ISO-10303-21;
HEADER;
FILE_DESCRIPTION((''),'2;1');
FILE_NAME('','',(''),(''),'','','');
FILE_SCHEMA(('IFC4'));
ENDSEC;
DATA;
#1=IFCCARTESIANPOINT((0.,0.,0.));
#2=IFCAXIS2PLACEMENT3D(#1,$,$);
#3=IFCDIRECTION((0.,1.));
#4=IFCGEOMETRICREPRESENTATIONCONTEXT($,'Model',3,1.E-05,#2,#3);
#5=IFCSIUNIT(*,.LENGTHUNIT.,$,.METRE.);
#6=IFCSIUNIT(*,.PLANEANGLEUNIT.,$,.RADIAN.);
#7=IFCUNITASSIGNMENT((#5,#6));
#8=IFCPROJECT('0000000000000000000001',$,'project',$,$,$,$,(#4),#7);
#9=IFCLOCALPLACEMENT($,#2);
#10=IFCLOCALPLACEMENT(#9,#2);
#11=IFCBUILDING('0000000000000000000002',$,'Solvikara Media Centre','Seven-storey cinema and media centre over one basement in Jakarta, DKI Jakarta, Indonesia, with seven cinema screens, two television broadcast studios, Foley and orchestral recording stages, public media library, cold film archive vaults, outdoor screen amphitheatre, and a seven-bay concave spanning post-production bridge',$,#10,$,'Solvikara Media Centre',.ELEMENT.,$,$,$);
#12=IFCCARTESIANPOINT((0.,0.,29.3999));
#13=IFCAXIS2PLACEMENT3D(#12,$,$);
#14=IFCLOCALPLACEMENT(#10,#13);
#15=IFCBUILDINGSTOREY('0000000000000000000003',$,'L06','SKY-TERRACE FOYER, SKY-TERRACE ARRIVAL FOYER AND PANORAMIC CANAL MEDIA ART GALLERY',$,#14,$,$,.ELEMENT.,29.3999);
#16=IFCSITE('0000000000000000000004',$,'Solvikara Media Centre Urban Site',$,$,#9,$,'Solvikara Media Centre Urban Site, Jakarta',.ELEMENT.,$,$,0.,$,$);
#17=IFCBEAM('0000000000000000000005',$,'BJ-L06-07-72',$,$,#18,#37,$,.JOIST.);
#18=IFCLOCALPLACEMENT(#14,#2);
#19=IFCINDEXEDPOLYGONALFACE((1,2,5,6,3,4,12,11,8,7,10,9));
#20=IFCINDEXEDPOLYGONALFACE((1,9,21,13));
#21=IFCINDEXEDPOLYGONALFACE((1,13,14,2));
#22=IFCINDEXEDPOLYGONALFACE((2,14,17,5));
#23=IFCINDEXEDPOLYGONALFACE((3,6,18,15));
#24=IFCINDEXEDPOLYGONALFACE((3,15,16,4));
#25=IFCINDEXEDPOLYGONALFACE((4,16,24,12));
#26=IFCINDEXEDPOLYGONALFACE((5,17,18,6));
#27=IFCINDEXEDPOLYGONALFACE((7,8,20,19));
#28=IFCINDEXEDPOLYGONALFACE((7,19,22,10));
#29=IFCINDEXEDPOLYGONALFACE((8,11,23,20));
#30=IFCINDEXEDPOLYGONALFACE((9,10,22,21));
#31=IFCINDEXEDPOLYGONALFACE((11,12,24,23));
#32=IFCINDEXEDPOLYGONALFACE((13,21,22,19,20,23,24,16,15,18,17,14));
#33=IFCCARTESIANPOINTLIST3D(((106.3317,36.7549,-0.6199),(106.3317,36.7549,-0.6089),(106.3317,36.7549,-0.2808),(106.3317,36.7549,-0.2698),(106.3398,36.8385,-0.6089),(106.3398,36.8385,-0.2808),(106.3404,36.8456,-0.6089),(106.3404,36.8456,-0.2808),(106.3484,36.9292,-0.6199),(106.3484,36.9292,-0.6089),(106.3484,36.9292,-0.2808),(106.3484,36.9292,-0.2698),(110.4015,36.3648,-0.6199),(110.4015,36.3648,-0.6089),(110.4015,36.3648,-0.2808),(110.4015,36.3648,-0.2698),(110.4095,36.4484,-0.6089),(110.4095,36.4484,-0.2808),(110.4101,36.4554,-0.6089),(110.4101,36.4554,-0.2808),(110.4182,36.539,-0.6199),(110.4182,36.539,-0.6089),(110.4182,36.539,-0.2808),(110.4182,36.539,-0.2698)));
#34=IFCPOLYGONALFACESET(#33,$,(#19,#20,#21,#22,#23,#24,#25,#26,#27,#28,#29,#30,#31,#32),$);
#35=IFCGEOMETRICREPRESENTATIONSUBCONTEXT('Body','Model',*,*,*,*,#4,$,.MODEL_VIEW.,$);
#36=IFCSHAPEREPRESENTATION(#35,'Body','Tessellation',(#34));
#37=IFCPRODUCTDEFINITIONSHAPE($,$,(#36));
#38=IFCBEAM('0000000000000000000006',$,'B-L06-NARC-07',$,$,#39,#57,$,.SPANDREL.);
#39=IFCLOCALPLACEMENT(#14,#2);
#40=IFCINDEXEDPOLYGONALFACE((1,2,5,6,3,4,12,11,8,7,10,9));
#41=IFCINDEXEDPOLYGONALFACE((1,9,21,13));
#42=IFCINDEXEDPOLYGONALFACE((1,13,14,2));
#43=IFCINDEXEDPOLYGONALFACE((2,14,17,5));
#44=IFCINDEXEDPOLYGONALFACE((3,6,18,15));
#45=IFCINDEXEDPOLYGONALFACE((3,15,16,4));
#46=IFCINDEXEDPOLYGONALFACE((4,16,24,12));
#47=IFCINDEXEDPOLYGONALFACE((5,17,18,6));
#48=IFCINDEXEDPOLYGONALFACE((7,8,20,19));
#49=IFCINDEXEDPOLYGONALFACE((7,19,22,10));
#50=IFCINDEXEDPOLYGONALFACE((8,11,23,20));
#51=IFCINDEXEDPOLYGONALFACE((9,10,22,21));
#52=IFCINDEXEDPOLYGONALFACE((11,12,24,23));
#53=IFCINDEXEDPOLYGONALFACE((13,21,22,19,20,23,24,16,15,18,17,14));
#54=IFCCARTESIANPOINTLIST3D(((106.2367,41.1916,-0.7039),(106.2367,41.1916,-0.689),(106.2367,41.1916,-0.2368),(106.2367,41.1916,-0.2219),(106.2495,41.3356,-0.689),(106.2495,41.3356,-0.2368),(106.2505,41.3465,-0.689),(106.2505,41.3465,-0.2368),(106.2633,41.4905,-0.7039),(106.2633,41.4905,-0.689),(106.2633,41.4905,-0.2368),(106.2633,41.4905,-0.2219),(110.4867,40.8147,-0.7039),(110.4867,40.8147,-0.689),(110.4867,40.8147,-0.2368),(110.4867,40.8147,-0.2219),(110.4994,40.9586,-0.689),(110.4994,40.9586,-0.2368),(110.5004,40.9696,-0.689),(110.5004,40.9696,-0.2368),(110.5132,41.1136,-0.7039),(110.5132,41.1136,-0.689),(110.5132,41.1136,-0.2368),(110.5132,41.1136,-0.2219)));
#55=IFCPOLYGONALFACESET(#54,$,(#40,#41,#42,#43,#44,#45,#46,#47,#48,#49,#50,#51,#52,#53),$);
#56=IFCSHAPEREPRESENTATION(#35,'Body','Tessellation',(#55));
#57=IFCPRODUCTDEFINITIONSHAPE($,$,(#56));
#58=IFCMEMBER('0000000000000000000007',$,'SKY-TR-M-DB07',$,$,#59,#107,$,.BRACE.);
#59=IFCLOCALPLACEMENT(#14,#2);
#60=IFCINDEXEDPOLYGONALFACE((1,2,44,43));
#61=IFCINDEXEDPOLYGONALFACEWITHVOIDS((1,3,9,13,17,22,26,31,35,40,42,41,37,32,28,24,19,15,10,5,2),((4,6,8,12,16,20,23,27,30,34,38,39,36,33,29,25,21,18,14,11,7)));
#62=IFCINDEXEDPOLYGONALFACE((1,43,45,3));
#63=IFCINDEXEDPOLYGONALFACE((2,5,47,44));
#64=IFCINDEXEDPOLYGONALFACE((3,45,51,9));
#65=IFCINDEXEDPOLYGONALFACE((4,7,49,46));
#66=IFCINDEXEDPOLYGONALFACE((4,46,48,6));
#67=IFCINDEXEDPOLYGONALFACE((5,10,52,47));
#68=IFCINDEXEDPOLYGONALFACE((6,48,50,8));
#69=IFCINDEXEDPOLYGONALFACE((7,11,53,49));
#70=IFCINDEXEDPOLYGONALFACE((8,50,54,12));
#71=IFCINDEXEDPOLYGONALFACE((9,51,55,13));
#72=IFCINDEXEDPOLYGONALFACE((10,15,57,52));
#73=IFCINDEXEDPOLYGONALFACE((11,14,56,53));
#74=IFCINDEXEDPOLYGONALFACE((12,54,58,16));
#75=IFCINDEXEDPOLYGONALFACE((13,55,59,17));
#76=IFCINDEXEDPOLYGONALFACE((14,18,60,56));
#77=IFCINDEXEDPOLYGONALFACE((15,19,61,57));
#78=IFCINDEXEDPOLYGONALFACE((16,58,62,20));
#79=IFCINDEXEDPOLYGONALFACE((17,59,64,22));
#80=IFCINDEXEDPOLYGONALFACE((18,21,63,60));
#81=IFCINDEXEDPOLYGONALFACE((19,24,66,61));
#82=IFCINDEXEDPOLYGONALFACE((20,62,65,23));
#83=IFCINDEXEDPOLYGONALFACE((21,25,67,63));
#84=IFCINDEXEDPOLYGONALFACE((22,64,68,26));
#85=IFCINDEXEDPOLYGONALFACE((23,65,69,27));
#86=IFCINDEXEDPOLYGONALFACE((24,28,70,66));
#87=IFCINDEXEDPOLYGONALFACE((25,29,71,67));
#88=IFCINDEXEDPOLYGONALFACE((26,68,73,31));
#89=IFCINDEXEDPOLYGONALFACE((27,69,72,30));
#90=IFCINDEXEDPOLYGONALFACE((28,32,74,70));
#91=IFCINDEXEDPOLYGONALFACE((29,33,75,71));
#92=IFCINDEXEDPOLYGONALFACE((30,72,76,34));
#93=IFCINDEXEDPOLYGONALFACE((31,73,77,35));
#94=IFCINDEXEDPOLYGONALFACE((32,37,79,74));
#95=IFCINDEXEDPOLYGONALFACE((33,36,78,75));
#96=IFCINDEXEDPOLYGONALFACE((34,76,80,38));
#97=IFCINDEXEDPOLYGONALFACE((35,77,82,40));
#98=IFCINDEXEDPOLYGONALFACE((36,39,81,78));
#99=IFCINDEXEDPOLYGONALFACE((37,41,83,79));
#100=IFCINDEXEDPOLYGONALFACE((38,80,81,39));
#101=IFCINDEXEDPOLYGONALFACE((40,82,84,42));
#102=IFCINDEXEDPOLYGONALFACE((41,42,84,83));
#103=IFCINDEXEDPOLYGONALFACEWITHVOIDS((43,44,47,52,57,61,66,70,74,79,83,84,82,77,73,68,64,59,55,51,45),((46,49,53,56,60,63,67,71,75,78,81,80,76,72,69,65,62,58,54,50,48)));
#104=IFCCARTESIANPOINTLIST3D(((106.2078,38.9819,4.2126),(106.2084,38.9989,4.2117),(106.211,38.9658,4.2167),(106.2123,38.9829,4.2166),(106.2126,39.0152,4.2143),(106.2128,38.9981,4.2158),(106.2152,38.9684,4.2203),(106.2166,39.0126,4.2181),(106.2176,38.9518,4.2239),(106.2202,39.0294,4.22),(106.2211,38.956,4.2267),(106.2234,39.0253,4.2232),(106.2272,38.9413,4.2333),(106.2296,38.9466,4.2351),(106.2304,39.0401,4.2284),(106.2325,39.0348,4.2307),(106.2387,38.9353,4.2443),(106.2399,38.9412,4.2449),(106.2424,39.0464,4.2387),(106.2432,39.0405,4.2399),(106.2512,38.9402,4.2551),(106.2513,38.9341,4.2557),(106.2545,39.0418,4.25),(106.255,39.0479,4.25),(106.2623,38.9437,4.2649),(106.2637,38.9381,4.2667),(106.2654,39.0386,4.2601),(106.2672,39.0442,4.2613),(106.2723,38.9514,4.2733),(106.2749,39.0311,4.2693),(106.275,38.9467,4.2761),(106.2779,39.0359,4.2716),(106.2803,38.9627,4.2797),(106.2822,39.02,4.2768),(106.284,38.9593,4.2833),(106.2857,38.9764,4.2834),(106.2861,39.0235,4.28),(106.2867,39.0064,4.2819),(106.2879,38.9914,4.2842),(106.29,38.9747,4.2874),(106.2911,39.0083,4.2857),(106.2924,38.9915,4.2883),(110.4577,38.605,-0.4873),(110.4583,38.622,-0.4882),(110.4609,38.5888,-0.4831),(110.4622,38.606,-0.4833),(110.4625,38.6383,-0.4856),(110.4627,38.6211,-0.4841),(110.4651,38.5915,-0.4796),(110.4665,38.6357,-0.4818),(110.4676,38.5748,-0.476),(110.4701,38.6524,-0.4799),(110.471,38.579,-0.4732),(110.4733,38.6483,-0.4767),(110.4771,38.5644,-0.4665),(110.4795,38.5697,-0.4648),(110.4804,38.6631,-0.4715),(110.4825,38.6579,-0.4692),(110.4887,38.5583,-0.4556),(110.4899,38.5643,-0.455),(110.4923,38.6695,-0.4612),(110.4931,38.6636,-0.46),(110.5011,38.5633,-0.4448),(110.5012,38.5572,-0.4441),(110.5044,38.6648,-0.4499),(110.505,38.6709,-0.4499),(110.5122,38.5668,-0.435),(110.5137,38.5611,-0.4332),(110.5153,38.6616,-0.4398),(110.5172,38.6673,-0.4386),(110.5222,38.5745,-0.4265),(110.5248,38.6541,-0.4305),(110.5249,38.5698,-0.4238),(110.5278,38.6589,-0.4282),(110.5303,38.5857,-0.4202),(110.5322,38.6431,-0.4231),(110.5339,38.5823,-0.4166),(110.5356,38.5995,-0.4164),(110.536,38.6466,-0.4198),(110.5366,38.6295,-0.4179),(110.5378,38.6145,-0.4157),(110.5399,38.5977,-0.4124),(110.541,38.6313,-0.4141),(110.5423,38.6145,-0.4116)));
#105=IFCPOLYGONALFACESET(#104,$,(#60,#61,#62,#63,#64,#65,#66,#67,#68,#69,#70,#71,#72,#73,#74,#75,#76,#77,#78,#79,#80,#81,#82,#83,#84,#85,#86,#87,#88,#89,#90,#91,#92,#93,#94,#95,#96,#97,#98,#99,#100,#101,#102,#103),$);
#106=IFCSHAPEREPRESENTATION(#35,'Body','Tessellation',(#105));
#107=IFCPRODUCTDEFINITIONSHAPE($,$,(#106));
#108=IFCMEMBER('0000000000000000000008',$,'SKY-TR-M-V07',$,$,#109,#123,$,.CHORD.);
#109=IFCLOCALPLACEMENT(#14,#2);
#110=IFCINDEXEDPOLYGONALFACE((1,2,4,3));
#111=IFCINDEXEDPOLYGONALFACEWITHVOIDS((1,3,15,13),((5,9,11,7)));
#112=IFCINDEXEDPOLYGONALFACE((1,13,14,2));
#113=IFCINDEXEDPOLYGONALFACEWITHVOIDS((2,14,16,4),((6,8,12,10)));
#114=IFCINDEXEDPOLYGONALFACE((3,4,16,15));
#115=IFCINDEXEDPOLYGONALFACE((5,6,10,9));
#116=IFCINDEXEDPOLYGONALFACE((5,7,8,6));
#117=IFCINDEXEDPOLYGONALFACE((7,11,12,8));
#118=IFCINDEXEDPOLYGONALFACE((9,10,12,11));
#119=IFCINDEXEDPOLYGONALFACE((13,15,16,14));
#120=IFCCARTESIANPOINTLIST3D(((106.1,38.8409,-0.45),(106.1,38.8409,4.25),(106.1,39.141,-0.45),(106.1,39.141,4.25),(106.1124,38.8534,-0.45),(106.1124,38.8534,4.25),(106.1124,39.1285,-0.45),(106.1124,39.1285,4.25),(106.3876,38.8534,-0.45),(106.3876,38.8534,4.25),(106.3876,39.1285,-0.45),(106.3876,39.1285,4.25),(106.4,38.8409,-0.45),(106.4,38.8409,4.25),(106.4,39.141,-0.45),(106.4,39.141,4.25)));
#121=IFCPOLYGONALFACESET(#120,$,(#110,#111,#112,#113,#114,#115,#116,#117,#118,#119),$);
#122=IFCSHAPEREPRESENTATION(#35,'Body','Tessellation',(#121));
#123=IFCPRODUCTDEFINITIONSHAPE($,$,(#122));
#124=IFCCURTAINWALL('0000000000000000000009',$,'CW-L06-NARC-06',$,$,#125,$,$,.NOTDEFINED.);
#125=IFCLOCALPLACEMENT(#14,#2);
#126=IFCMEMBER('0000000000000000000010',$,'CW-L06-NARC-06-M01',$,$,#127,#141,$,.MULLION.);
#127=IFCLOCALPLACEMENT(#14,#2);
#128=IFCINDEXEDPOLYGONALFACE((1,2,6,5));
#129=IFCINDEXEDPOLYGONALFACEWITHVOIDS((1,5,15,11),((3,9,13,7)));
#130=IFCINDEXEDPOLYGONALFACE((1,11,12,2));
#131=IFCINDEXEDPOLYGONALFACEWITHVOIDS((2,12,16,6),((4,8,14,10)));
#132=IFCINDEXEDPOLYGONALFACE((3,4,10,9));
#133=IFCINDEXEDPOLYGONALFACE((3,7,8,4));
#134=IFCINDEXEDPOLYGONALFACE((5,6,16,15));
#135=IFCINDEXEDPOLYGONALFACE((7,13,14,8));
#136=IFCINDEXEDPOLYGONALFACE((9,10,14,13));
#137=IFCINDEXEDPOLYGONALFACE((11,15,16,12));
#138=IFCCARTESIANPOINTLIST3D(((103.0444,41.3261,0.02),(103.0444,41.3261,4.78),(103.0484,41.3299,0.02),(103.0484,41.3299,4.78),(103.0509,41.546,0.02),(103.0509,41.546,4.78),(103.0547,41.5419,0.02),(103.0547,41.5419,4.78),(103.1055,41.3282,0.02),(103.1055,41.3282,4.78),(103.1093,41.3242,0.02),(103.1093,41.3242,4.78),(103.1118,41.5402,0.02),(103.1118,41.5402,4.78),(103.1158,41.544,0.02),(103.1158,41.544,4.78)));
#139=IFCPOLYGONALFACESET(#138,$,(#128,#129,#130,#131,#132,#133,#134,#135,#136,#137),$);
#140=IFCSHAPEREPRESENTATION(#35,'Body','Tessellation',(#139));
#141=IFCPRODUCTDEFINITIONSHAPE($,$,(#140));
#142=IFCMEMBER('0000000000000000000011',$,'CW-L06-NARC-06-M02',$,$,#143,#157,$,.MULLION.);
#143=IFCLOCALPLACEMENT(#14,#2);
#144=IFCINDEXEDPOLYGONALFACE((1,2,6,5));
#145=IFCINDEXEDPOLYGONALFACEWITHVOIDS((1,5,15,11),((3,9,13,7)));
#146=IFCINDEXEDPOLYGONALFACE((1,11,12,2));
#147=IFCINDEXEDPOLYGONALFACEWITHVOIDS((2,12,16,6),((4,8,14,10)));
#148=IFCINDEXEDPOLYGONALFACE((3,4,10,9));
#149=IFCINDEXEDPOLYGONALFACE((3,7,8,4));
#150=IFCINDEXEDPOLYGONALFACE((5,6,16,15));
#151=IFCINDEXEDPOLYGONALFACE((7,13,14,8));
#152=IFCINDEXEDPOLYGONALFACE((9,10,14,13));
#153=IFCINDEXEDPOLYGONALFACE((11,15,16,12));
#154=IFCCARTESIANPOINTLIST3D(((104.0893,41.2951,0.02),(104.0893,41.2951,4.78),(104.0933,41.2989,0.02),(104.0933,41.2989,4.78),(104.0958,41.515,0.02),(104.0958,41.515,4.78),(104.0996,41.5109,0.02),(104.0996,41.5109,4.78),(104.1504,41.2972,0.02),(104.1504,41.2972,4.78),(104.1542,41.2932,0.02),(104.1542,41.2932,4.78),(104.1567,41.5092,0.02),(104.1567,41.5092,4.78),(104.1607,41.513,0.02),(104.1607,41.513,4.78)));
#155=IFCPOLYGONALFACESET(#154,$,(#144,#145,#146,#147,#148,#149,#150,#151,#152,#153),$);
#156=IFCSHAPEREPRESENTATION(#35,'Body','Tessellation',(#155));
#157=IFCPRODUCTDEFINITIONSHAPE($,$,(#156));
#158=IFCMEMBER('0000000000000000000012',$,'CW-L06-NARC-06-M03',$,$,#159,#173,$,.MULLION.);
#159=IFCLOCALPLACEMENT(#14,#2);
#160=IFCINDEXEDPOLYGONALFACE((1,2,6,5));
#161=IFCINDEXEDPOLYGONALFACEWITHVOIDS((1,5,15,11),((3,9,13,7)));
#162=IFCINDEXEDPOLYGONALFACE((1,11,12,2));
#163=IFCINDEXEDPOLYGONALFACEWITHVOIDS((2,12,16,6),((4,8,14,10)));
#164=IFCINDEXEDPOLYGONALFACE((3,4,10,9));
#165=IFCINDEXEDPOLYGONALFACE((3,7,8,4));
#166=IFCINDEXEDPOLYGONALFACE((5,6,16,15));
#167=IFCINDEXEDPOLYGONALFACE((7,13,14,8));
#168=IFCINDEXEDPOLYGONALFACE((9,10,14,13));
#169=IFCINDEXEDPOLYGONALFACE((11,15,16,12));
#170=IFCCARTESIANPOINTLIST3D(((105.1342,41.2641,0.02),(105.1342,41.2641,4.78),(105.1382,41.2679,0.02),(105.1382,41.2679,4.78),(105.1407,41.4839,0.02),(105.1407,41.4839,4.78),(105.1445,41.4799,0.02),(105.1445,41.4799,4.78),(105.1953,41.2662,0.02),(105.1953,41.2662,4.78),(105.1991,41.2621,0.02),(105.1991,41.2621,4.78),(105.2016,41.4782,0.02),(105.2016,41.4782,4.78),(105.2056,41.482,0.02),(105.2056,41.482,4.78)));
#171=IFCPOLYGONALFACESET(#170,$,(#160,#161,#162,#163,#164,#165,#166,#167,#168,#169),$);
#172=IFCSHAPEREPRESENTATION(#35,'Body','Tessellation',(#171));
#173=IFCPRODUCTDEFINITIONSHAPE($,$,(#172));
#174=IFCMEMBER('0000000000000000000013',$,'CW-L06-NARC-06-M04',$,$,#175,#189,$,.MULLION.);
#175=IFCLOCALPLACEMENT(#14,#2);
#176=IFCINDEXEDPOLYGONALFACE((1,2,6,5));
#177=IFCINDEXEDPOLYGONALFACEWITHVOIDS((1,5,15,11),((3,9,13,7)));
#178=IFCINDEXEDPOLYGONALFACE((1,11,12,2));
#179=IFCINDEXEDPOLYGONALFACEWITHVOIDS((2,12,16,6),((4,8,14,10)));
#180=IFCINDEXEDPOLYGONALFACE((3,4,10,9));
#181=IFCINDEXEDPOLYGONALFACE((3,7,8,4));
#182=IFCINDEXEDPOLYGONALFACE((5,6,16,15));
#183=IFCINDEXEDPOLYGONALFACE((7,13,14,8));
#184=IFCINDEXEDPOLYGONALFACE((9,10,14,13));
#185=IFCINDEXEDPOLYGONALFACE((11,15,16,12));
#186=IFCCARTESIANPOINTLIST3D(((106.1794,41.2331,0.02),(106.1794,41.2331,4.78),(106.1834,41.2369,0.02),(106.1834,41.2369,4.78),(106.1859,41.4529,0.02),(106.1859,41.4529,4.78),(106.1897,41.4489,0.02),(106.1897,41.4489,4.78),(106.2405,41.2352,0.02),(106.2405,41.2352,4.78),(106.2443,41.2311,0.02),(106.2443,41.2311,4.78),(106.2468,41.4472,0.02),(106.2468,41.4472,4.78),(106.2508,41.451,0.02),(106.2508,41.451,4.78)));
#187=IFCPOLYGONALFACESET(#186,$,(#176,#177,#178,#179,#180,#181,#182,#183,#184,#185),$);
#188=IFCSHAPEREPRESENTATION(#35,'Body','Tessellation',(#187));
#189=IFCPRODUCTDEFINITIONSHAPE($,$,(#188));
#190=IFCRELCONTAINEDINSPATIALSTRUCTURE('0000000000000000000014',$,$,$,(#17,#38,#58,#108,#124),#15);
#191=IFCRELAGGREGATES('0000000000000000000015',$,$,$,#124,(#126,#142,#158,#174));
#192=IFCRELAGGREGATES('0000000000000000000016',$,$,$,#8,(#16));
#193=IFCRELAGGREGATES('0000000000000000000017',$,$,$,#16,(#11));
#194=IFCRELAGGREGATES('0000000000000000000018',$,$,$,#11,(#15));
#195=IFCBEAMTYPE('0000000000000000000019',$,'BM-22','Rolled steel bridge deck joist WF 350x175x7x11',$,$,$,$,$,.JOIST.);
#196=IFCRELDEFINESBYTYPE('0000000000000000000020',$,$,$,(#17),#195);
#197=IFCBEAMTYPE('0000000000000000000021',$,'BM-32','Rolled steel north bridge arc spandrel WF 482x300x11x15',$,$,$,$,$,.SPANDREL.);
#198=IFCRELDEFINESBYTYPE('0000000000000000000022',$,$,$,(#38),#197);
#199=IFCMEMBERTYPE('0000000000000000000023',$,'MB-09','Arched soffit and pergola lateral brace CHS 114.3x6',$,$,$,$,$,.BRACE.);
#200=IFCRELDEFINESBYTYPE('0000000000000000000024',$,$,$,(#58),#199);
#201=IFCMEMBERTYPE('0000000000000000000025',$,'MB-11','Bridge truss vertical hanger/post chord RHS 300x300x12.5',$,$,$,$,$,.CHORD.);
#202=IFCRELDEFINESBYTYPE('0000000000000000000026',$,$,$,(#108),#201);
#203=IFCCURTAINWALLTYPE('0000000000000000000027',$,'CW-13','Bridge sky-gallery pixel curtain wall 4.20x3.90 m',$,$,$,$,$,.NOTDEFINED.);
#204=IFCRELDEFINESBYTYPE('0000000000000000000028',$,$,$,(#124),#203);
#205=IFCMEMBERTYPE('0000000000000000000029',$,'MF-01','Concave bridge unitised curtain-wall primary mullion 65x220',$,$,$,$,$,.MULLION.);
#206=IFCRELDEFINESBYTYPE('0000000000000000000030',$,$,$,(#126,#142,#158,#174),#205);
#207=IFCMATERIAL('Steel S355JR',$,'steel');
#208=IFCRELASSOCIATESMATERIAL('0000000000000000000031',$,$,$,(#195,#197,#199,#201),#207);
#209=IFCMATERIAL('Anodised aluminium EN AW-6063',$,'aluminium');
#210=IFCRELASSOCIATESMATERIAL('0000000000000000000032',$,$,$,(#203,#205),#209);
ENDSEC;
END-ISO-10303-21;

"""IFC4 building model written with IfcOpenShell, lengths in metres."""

from ifc_helpers import new_model, si_unit, direction, frame, origin, origin_2d, place, context, subcontext, project, spatial, hollow_rectangle, hollow_circle, i_section, extrude, material, material_profile, profile_set, type_object, element, aggregate, save


model = new_model("IFC4")

# Units and contexts
model_context = context("Model", 3, precision=1e-05, world=origin(), true_north=direction((0.0, 1.0)))
body_context = subcontext(model_context, "Body", "Model", "MODEL_VIEW")
ifc_project = project(units=[si_unit("LENGTHUNIT", "METRE"), si_unit("PLANEANGLEUNIT", "RADIAN")], contexts=[model_context])

# Site, building, storey
site_placement = place(None, origin())
site = spatial("IfcSite", under=ifc_project, at=site_placement, Name="Solvikara Media Centre Urban Site", LongName="Solvikara Media Centre Urban Site, Jakarta", CompositionType="ELEMENT", RefElevation=0.0)
building_placement = place(site_placement, origin())
building = spatial("IfcBuilding", under=site, at=building_placement, Name="Solvikara Media Centre", Description="Seven-storey cinema and media centre over one basement in Jakarta, DKI Jakarta, Indonesia, with seven cinema screens, two television broadcast studios, Foley and orchestral recording stages, public media library, cold film archive vaults, outdoor screen amphitheatre, and a seven-bay concave spanning post-production bridge", LongName="Solvikara Media Centre", CompositionType="ELEMENT")
storey_placement = place(building_placement, frame((0.0, 0.0, 29.3999)))
storey = spatial("IfcBuildingStorey", under=building, at=storey_placement, Name="L06", Description="SKY-TERRACE FOYER, SKY-TERRACE ARRIVAL FOYER AND PANORAMIC CANAL MEDIA ART GALLERY", CompositionType="ELEMENT", Elevation=29.3999)

# Beams
ifc_material_1 = material(Name="Steel S355JR", Category="steel")
ifc_material_profile_1 = material_profile(ifc_material_1, i_section(OverallWidth=0.175, OverallDepth=0.3501, WebThickness=0.0071, FlangeThickness=0.011, at=origin_2d()), Name="WF 350x175x7x11")
ifc_profile_set_1 = profile_set([ifc_material_profile_1], Name="Steel S355JR")
beam_type_1 = type_object("IfcBeamType", Name="BM-22", Description="Rolled steel bridge deck joist WF 350x175x7x11", PredefinedType="JOIST", material=ifc_profile_set_1)
beam_1_placement = place(storey_placement, frame((106.3401, 36.842, -0.4448), z_axis=(0.995437, -0.095423, 0.0), x_axis=(0.095423, 0.995437, 0.0)))
element("IfcBeam", 1, at=beam_1_placement, inside=storey, type_object=beam_type_1, Name="BJ-L06-07-72", PredefinedType="JOIST", context=body_context, shape_type="SweptSolid", body=[
    extrude(i_section(OverallWidth=0.175, OverallDepth=0.3501, WebThickness=0.0071, FlangeThickness=0.011, at=origin_2d()), origin(), (0.0, 0.0, 1.0), 4.0884),
])
ifc_material_profile_2 = material_profile(ifc_material_1, i_section(OverallWidth=0.3, OverallDepth=0.4819, WebThickness=0.011, FlangeThickness=0.0149, at=origin_2d()), Name="WF 482x300x11x15")
ifc_profile_set_2 = profile_set([ifc_material_profile_2], Name="Steel S355JR")
beam_type_2 = type_object("IfcBeamType", Name="BM-32", Description="Rolled steel north bridge arc spandrel WF 482x300x11x15", PredefinedType="SPANDREL", material=ifc_profile_set_2)
beam_2_placement = place(storey_placement, frame((106.25, 41.3411, -0.4629), z_axis=(0.99609, -0.088348, 0.0), x_axis=(0.088348, 0.99609, 0.0)))
element("IfcBeam", 2, at=beam_2_placement, inside=storey, type_object=beam_type_2, Name="B-L06-NARC-07", PredefinedType="SPANDREL", context=body_context, shape_type="SweptSolid", body=[
    extrude(i_section(OverallWidth=0.3, OverallDepth=0.4819, WebThickness=0.011, FlangeThickness=0.0149, at=origin_2d()), origin(), (0.0, 0.0, 1.0), 4.2666),
])

# Members
ifc_material_profile_3 = material_profile(ifc_material_1, hollow_circle(Radius=0.0571, WallThickness=0.0061, at=origin_2d()), Name="CHS 114.3x6")
ifc_profile_set_3 = profile_set([ifc_material_profile_3], Name="Steel S355JR")
member_type_1 = type_object("IfcMemberType", Name="MB-09", Description="Arched soffit and pergola lateral brace CHS 114.3x6", PredefinedType="BRACE", material=ifc_profile_set_3)
member_1_placement = place(storey_placement, frame((106.25, 38.991, 4.25), z_axis=(0.669527, -0.059384, -0.74041), x_axis=(0.088348, 0.99609, 0.0)))
element("IfcMember", 3, at=member_1_placement, inside=storey, type_object=member_type_1, Name="SKY-TR-M-DB07", PredefinedType="BRACE", context=body_context, shape_type="SweptSolid", body=[
    extrude(hollow_circle(Radius=0.0571, WallThickness=0.0061, at=origin_2d()), origin(), (0.0, 0.0, 1.0), 6.3477),
])
ifc_material_profile_4 = material_profile(ifc_material_1, hollow_rectangle(XDim=0.3, YDim=0.3, WallThickness=0.0125, at=origin_2d()), Name="RHS 300x300x12.5")
ifc_profile_set_4 = profile_set([ifc_material_profile_4], Name="Steel S355JR")
member_type_2 = type_object("IfcMemberType", Name="MB-11", Description="Bridge truss vertical hanger/post chord RHS 300x300x12.5", PredefinedType="CHORD", material=ifc_profile_set_4)
member_2_placement = place(storey_placement, frame((106.25, 38.991, -0.45), z_axis=(0.0, 0.0, 1.0), x_axis=(1.0, 0.0, 0.0)))
element("IfcMember", 4, at=member_2_placement, inside=storey, type_object=member_type_2, Name="SKY-TR-M-V07", PredefinedType="CHORD", context=body_context, shape_type="SweptSolid", body=[
    extrude(hollow_rectangle(XDim=0.3, YDim=0.3, WallThickness=0.0125, at=origin_2d()), origin(), (0.0, 0.0, 1.0), 4.7),
])

# Curtain wall, members
ifc_material_2 = material(Name="Anodised aluminium EN AW-6063", Category="aluminium")
curtain_wall_type = type_object("IfcCurtainWallType", Name="CW-13", Description="Bridge sky-gallery pixel curtain wall 4.20x3.90 m", PredefinedType="NOTDEFINED", material=ifc_material_2)
curtain_wall_1_placement = place(storey_placement, origin())
curtain_wall_1 = element("IfcCurtainWall", 5, at=curtain_wall_1_placement, inside=storey, type_object=curtain_wall_type, Name="CW-L06-NARC-06", PredefinedType="NOTDEFINED")
ifc_material_profile_5 = material_profile(ifc_material_2, hollow_rectangle(XDim=0.0649, YDim=0.22, WallThickness=0.0039, at=origin_2d()), Name="ALU-M 65x220x4")
ifc_profile_set_5 = profile_set([ifc_material_profile_5], Name="Anodised aluminium EN AW-6063")
member_type_3 = type_object("IfcMemberType", Name="MF-01", Description="Concave bridge unitised curtain-wall primary mullion 65x220", PredefinedType="MULLION", material=ifc_profile_set_5)
member_3_placement = place(storey_placement, frame((103.0801, 41.4351, 0.02), z_axis=(0.0, 0.0, 1.0), x_axis=(0.99956, -0.029649, 0.0)))
member_3 = element("IfcMember", 6, at=member_3_placement, type_object=member_type_3, Name="CW-L06-NARC-06-M01", PredefinedType="MULLION", context=body_context, shape_type="SweptSolid", body=[
    extrude(hollow_rectangle(XDim=0.0649, YDim=0.22, WallThickness=0.0039, at=origin_2d()), origin(), (0.0, 0.0, 1.0), 4.76),
])
member_4_placement = place(storey_placement, frame((104.125, 41.4041, 0.02), z_axis=(0.0, 0.0, 1.0), x_axis=(0.99956, -0.029649, 0.0)))
member_4 = element("IfcMember", 7, at=member_4_placement, type_object=member_type_3, Name="CW-L06-NARC-06-M02", PredefinedType="MULLION", context=body_context, shape_type="SweptSolid", body=[
    extrude(hollow_rectangle(XDim=0.0649, YDim=0.22, WallThickness=0.0039, at=origin_2d()), origin(), (0.0, 0.0, 1.0), 4.76),
])
member_5_placement = place(storey_placement, frame((105.1699, 41.373, 0.02), z_axis=(0.0, 0.0, 1.0), x_axis=(0.99956, -0.029649, 0.0)))
member_5 = element("IfcMember", 8, at=member_5_placement, type_object=member_type_3, Name="CW-L06-NARC-06-M03", PredefinedType="MULLION", context=body_context, shape_type="SweptSolid", body=[
    extrude(hollow_rectangle(XDim=0.0649, YDim=0.22, WallThickness=0.0039, at=origin_2d()), origin(), (0.0, 0.0, 1.0), 4.76),
])
member_6_placement = place(storey_placement, frame((106.2151, 41.342, 0.02), z_axis=(0.0, 0.0, 1.0), x_axis=(0.99956, -0.029649, 0.0)))
member_6 = element("IfcMember", 9, at=member_6_placement, type_object=member_type_3, Name="CW-L06-NARC-06-M04", PredefinedType="MULLION", context=body_context, shape_type="SweptSolid", body=[
    extrude(hollow_rectangle(XDim=0.0649, YDim=0.22, WallThickness=0.0039, at=origin_2d()), origin(), (0.0, 0.0, 1.0), 4.76),
])

aggregate(curtain_wall_1, [member_3, member_4, member_5, member_6])

save(model, "model.ifc")
